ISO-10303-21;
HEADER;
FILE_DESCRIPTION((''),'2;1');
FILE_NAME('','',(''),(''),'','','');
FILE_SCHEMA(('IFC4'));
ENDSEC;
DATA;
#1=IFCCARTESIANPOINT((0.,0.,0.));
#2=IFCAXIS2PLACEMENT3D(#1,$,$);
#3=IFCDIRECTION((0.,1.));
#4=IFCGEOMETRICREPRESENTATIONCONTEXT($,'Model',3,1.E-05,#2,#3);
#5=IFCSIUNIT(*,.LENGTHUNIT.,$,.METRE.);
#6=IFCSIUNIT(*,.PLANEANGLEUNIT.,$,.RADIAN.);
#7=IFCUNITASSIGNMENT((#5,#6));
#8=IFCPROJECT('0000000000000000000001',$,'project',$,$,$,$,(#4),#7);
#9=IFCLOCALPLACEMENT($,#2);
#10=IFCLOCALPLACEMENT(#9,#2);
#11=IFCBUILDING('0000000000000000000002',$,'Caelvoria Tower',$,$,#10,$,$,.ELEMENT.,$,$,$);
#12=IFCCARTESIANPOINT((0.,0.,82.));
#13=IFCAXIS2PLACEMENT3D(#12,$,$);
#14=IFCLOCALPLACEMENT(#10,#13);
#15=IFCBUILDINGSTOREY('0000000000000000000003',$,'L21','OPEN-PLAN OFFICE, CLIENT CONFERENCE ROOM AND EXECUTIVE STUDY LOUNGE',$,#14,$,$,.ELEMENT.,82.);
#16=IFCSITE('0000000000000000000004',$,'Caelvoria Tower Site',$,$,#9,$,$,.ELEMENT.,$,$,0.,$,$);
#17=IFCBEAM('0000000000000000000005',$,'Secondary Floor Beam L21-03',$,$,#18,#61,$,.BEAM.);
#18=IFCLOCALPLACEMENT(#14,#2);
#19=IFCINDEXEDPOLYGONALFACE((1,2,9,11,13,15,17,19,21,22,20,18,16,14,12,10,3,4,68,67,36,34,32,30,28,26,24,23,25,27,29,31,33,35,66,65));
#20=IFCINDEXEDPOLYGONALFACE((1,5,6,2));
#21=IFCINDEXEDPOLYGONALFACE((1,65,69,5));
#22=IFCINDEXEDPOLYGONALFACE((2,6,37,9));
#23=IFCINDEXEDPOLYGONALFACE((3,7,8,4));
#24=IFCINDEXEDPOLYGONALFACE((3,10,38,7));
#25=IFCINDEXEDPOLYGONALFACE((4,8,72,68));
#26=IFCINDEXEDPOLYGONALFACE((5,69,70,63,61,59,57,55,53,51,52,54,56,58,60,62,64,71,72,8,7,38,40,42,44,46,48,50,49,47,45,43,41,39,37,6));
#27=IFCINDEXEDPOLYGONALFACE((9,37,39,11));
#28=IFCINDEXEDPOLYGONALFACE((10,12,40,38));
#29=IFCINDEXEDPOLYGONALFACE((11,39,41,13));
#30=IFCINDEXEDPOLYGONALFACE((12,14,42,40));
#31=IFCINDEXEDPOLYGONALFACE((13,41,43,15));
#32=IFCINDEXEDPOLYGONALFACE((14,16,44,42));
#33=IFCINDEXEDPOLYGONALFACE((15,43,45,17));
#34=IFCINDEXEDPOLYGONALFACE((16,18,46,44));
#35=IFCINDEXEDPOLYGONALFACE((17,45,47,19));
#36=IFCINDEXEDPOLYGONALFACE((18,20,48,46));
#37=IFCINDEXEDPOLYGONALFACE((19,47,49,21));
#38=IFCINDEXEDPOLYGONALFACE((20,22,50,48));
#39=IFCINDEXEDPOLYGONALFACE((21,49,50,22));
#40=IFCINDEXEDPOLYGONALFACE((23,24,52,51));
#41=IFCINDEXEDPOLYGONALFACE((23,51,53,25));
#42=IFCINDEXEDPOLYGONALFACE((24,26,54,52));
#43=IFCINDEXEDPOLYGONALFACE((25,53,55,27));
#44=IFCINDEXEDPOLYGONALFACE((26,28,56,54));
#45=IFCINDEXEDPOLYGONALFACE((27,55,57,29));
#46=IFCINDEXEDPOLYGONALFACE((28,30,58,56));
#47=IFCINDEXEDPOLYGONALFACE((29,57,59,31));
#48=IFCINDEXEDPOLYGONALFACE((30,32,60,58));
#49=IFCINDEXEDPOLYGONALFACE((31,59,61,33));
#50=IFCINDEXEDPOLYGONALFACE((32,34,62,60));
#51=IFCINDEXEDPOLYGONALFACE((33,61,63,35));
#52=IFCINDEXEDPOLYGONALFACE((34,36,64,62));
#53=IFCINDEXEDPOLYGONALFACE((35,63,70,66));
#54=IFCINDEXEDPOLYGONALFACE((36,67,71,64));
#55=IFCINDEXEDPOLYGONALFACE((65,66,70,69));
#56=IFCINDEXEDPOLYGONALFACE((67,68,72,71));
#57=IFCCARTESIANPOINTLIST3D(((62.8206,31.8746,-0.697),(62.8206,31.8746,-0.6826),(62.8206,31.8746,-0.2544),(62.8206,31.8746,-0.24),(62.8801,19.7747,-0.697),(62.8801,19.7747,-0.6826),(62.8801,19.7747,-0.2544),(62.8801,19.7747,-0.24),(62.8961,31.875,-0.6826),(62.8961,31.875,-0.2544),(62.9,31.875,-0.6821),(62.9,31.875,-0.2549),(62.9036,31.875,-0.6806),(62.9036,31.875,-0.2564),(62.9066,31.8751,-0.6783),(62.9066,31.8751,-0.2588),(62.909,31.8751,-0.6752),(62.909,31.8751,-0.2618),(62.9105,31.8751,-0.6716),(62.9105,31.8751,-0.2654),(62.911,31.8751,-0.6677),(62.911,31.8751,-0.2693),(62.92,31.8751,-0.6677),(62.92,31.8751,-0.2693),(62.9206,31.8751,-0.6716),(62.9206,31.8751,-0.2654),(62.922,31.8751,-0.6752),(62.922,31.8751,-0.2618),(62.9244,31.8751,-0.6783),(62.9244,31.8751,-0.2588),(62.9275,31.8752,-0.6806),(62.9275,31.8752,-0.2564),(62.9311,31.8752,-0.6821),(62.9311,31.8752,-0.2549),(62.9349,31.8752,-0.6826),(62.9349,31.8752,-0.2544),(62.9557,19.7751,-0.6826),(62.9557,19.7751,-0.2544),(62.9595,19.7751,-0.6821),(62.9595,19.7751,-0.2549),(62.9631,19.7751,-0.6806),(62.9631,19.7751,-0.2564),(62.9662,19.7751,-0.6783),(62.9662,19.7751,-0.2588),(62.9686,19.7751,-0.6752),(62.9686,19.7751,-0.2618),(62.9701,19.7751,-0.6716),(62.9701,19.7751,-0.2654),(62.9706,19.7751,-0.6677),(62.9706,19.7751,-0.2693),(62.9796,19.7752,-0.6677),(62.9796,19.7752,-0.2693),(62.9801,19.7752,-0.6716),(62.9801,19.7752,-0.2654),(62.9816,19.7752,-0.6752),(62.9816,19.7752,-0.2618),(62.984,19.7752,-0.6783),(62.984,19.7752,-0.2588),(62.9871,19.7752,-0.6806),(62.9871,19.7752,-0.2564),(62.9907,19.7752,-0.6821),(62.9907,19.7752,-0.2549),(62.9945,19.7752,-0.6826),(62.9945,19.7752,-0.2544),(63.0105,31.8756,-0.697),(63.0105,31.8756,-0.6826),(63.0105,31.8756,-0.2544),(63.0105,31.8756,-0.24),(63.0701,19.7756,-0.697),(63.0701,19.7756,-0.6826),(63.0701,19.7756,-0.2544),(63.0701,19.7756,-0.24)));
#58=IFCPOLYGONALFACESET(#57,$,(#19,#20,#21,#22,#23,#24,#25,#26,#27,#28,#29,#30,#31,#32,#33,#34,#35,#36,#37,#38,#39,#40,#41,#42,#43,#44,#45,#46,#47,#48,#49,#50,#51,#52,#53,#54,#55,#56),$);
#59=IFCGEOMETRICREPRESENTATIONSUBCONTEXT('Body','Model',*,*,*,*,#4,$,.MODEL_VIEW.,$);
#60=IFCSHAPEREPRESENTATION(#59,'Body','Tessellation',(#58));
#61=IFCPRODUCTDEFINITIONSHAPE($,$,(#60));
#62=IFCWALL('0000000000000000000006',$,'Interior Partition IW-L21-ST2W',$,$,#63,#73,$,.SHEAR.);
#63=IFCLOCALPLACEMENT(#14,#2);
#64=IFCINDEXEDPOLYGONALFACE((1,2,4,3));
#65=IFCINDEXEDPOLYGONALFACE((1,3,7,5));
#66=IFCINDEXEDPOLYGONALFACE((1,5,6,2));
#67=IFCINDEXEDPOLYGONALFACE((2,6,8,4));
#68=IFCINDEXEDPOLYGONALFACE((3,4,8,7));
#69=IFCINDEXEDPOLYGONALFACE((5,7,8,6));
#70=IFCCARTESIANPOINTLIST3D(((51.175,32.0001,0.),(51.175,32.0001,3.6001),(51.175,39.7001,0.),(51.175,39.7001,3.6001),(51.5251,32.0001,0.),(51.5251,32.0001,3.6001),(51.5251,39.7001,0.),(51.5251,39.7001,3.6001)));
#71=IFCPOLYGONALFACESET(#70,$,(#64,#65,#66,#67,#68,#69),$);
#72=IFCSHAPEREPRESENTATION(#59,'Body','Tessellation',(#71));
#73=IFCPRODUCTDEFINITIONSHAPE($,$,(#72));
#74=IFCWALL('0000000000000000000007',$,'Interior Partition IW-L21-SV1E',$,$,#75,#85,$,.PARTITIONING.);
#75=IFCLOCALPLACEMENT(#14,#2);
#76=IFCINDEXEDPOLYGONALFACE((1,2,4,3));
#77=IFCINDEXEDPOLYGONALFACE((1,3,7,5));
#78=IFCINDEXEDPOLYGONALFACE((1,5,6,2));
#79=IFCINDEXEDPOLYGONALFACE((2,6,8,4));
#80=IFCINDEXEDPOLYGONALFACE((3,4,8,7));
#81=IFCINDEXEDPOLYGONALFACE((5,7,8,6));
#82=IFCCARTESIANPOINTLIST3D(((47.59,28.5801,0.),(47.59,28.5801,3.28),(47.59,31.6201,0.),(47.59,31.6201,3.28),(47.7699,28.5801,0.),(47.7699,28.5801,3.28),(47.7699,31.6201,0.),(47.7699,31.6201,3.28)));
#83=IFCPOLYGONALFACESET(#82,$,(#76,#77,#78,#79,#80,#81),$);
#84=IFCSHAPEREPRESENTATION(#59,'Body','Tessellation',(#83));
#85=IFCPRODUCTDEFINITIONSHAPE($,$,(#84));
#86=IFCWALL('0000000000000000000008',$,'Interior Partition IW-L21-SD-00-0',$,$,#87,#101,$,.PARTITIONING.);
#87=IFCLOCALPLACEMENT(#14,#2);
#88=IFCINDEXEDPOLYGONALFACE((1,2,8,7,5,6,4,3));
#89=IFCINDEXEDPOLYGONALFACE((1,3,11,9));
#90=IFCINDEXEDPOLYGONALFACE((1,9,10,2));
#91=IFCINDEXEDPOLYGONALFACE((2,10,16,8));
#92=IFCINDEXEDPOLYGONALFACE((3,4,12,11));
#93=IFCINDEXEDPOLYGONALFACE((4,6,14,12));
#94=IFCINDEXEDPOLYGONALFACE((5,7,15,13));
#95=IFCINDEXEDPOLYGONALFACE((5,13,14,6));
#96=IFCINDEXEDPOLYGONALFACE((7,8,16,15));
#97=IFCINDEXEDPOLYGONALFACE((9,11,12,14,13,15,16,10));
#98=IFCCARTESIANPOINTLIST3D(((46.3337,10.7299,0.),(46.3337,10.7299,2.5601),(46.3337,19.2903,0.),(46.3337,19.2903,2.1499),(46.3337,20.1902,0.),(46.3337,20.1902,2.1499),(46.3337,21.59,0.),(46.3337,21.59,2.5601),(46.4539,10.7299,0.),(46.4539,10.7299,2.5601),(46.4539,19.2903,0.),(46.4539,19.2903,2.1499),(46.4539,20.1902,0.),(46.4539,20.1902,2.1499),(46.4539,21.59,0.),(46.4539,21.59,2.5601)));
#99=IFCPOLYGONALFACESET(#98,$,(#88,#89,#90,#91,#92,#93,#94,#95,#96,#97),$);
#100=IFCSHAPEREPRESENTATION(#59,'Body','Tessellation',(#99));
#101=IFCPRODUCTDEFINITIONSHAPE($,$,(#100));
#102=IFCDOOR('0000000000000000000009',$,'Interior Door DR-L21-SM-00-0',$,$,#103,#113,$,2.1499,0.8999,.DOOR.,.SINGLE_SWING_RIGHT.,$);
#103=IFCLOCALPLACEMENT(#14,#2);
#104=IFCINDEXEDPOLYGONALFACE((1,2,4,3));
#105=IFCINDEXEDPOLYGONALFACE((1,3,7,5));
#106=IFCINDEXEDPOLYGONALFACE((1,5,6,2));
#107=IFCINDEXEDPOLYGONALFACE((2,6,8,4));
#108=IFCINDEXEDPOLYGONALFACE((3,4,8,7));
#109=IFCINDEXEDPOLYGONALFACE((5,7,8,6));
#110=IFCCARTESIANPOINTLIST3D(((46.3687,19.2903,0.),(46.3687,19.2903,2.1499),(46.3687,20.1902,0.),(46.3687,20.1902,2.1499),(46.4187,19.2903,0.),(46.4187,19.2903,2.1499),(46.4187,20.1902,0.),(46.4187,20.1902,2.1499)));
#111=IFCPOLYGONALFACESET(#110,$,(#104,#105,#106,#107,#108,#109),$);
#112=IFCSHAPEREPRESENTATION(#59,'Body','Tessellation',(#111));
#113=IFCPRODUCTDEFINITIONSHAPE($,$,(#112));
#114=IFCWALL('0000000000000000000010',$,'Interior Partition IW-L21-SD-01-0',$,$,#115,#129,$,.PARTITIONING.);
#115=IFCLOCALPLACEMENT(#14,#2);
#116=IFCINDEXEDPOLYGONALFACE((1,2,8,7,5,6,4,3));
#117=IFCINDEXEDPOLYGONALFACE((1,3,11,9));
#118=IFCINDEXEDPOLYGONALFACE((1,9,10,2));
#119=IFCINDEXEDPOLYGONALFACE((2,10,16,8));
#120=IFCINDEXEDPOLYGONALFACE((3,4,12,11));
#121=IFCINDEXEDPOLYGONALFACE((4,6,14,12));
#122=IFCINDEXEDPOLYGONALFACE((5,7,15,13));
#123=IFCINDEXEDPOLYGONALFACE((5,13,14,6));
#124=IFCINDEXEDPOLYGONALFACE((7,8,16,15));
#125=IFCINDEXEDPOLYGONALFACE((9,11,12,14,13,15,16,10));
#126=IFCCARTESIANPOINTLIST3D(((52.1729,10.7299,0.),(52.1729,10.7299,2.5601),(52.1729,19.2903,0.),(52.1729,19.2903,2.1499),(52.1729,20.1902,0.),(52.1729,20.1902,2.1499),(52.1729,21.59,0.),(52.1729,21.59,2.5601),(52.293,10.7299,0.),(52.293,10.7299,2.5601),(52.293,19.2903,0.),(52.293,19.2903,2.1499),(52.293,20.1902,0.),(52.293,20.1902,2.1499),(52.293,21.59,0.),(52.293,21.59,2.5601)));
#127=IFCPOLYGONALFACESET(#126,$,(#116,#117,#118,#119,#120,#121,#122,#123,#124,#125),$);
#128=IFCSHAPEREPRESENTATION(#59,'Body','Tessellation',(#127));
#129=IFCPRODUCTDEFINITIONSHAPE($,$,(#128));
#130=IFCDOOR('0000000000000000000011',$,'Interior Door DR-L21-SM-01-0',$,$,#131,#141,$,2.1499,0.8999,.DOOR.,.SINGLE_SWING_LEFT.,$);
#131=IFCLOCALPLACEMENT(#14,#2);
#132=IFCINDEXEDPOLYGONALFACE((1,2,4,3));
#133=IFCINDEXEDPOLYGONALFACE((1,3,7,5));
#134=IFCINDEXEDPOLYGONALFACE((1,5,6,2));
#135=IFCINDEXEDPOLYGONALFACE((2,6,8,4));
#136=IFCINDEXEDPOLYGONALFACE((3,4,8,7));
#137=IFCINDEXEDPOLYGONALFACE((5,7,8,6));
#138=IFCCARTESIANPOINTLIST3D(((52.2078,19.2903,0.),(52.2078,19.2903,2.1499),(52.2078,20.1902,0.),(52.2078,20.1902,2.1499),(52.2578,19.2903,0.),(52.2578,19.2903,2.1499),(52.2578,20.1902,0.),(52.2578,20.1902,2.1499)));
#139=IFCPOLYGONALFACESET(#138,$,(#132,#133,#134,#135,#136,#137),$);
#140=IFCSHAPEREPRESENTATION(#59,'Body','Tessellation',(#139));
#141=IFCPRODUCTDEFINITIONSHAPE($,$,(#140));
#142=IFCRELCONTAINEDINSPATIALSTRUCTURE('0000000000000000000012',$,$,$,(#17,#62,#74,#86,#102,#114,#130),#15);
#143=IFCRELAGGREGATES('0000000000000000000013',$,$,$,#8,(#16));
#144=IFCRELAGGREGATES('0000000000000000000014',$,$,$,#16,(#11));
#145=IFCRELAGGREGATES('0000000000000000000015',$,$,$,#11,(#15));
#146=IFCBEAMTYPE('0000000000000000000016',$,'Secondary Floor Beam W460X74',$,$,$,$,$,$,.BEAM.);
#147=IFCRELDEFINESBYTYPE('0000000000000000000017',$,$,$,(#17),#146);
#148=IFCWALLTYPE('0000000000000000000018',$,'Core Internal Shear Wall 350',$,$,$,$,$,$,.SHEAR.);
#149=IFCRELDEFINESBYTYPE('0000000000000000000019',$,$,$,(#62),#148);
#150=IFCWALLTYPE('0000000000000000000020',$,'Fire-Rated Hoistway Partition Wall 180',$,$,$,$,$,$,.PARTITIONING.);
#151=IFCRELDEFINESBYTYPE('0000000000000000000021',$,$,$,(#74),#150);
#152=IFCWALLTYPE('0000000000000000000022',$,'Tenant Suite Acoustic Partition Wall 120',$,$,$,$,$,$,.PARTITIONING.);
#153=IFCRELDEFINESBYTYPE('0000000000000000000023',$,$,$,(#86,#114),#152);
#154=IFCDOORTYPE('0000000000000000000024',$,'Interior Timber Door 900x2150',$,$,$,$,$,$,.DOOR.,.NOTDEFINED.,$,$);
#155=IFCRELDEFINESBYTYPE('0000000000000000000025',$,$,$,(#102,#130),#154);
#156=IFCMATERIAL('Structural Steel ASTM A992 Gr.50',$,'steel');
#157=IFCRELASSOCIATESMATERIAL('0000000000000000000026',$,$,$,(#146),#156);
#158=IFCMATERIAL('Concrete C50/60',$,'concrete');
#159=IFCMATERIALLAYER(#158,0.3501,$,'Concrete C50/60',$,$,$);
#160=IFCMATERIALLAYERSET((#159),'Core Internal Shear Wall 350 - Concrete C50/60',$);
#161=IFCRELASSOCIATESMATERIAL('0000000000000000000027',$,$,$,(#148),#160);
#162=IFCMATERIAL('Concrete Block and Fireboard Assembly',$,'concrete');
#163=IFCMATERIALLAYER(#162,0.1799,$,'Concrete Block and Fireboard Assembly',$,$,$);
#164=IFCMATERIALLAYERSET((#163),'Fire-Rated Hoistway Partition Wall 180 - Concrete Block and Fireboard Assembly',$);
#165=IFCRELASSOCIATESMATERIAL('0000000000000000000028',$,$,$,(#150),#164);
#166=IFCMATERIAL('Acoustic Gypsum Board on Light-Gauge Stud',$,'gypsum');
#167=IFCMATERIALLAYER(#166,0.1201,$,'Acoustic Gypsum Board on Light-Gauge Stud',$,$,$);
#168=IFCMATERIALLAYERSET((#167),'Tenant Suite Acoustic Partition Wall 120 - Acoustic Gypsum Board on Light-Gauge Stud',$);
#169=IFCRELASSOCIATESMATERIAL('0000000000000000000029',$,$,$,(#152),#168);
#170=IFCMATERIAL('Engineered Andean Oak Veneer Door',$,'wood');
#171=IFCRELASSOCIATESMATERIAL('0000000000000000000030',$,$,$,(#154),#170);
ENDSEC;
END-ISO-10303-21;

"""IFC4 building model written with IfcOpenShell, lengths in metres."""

from ifc_helpers import new_model, si_unit, direction, frame, frame_2d, origin, origin_2d, place, context, subcontext, project, spatial, rectangle, i_section, extrude, material, layer, layer_set, material_profile, profile_set, type_object, element, fill, save


model = new_model("IFC4")

# Units and contexts
model_context = context("Model", 3, precision=1e-05, world=origin(), true_north=direction((0.0, 1.0)))
body_context = subcontext(model_context, "Body", "Model", "MODEL_VIEW")
ifc_project = project(units=[si_unit("LENGTHUNIT", "METRE"), si_unit("PLANEANGLEUNIT", "RADIAN")], contexts=[model_context])

# Site, building, storey
site_placement = place(None, origin())
site = spatial("IfcSite", under=ifc_project, at=site_placement, Name="Caelvoria Tower Site", CompositionType="ELEMENT", RefElevation=0.0)
building_placement = place(site_placement, origin())
building = spatial("IfcBuilding", under=site, at=building_placement, Name="Caelvoria Tower", CompositionType="ELEMENT")
storey_placement = place(building_placement, frame((0.0, 0.0, 82.0)))
storey = spatial("IfcBuildingStorey", under=building, at=storey_placement, Name="L21", Description="OPEN-PLAN OFFICE, CLIENT CONFERENCE ROOM AND EXECUTIVE STUDY LOUNGE", CompositionType="ELEMENT", Elevation=82.0)

# Beam
ifc_material_1 = material(Name="Structural Steel ASTM A992 Gr.50", Category="steel")
ifc_material_profile_1 = material_profile(ifc_material_1, i_section(OverallWidth=0.1899, OverallDepth=0.457, WebThickness=0.009, FlangeThickness=0.0144, FilletRadius=0.0149, at=origin_2d()), Name="Structural Steel ASTM A992 Gr.50")
ifc_profile_set_1 = profile_set([ifc_material_profile_1], Name="W460X74 - Structural Steel ASTM A992 Gr.50")
beam_type_1 = type_object("IfcBeamType", Name="Secondary Floor Beam W460X74", PredefinedType="BEAM", material=ifc_profile_set_1)
beam_1_placement = place(storey_placement, frame((62.9751, 19.7751, -0.4685), z_axis=(-0.004923, 0.999988, 0.0), x_axis=(-0.999988, -0.004923, 0.0)))
element("IfcBeam", 1, at=beam_1_placement, inside=storey, type_object=beam_type_1, Name="Secondary Floor Beam L21-03", PredefinedType="BEAM", context=body_context, shape_type="SweptSolid", body=[
    extrude(i_section(OverallWidth=0.1899, OverallDepth=0.457, WebThickness=0.009, FlangeThickness=0.0144, FilletRadius=0.0149, at=origin_2d()), origin(), (0.0, 0.0, 1.0), 12.1001),
])

# Walls
ifc_material_2 = material(Name="Concrete C50/60", Category="concrete")
ifc_layer_1 = layer(ifc_material_2, 0.3501, Name="Concrete C50/60")
ifc_layer_set_1 = layer_set([ifc_layer_1], Name="Core Internal Shear Wall 350 - Concrete C50/60")
wall_type_1 = type_object("IfcWallType", Name="Core Internal Shear Wall 350", PredefinedType="SHEAR", material=ifc_layer_set_1)
wall_1_placement = place(storey_placement, frame((51.3501, 32.0, 0.0), z_axis=(0.0, 0.0, 1.0), x_axis=(0.0, 1.0, 0.0)))
element("IfcWall", 2, at=wall_1_placement, inside=storey, type_object=wall_type_1, Name="Interior Partition IW-L21-ST2W", PredefinedType="SHEAR", context=body_context, shape_type="SweptSolid", body=[
    extrude(rectangle(XDim=7.7, YDim=0.3501, at=frame_2d((3.8501, 0.0))), origin(), (0.0, 0.0, 1.0), 3.6001),
])
ifc_material_3 = material(Name="Concrete Block and Fireboard Assembly", Category="concrete")
ifc_layer_2 = layer(ifc_material_3, 0.1799, Name="Concrete Block and Fireboard Assembly")
ifc_layer_set_2 = layer_set([ifc_layer_2], Name="Fire-Rated Hoistway Partition Wall 180 - Concrete Block and Fireboard Assembly")
wall_type_2 = type_object("IfcWallType", Name="Fire-Rated Hoistway Partition Wall 180", PredefinedType="PARTITIONING", material=ifc_layer_set_2)
wall_2_placement = place(storey_placement, frame((47.6799, 28.5801, 0.0), z_axis=(0.0, 0.0, 1.0), x_axis=(0.0, 1.0, 0.0)))
element("IfcWall", 3, at=wall_2_placement, inside=storey, type_object=wall_type_2, Name="Interior Partition IW-L21-SV1E", PredefinedType="PARTITIONING", context=body_context, shape_type="SweptSolid", body=[
    extrude(rectangle(XDim=3.04, YDim=0.1799, at=frame_2d((1.52, 0.0))), origin(), (0.0, 0.0, 1.0), 3.28),
])

# Walls, openings, doors
ifc_material_4 = material(Name="Acoustic Gypsum Board on Light-Gauge Stud", Category="gypsum")
ifc_layer_3 = layer(ifc_material_4, 0.1201, Name="Acoustic Gypsum Board on Light-Gauge Stud")
ifc_layer_set_3 = layer_set([ifc_layer_3], Name="Tenant Suite Acoustic Partition Wall 120 - Acoustic Gypsum Board on Light-Gauge Stud")
wall_type_3 = type_object("IfcWallType", Name="Tenant Suite Acoustic Partition Wall 120", PredefinedType="PARTITIONING", material=ifc_layer_set_3)
wall_3_placement = place(storey_placement, frame((46.3938, 21.5901, 0.0), z_axis=(0.0, 0.0, 1.0), x_axis=(0.0, -1.0, 0.0)))
wall_3 = element("IfcWall", 4, at=wall_3_placement, inside=storey, type_object=wall_type_3, Name="Interior Partition IW-L21-SD-00-0", PredefinedType="PARTITIONING", context=body_context, shape_type="SweptSolid", body=[
    extrude(rectangle(XDim=10.8601, YDim=0.1201, at=frame_2d((5.4302, 0.0))), origin(), (0.0, 0.0, 1.0), 2.5601),
])
opening_1_placement = place(wall_3_placement, frame((1.3999, 0.0, 0.0)))
opening_1 = element("IfcOpeningElement", 5, at=opening_1_placement, cuts=wall_3, PredefinedType="OPENING", context=body_context, shape_type="SweptSolid", body=[
    extrude(rectangle(XDim=0.8999, YDim=2.1499, at=frame_2d((0.45, 1.075))), frame((0.0, 0.0701, 0.0), z_axis=(0.0, -1.0, 0.0), x_axis=(1.0, 0.0, 0.0)), (0.0, 0.0, 1.0), 0.1401),
])
ifc_material_5 = material(Name="Engineered Andean Oak Veneer Door", Category="wood")
door_type_1 = type_object("IfcDoorType", Name="Interior Timber Door 900x2150", OperationType="NOTDEFINED", PredefinedType="DOOR", material=ifc_material_5)
door_1_placement = place(opening_1_placement, origin())
door_1 = element("IfcDoor", 6, at=door_1_placement, inside=storey, type_object=door_type_1, Name="Interior Door DR-L21-SM-00-0", OperationType="SINGLE_SWING_RIGHT", OverallHeight=2.1499, OverallWidth=0.8999, PredefinedType="DOOR", context=body_context, shape_type="SweptSolid", body=[
    extrude(rectangle(XDim=0.8999, YDim=2.1499, at=frame_2d((0.45, 1.075))), frame((0.0, 0.0249, 0.0), z_axis=(0.0, -1.0, 0.0), x_axis=(1.0, 0.0, 0.0)), (0.0, 0.0, 1.0), 0.05),
])
fill(opening_1, door_1)
wall_4_placement = place(storey_placement, frame((52.2329, 21.5901, 0.0), z_axis=(0.0, 0.0, 1.0), x_axis=(0.0, -1.0, 0.0)))
wall_4 = element("IfcWall", 7, at=wall_4_placement, inside=storey, type_object=wall_type_3, Name="Interior Partition IW-L21-SD-01-0", PredefinedType="PARTITIONING", context=body_context, shape_type="SweptSolid", body=[
    extrude(rectangle(XDim=10.8601, YDim=0.1201, at=frame_2d((5.4302, 0.0))), origin(), (0.0, 0.0, 1.0), 2.5601),
])
opening_2_placement = place(wall_4_placement, frame((1.3999, 0.0, 0.0)))
opening_2 = element("IfcOpeningElement", 8, at=opening_2_placement, cuts=wall_4, PredefinedType="OPENING", context=body_context, shape_type="SweptSolid", body=[
    extrude(rectangle(XDim=0.8999, YDim=2.1499, at=frame_2d((0.45, 1.075))), frame((0.0, 0.0701, 0.0), z_axis=(0.0, -1.0, 0.0), x_axis=(1.0, 0.0, 0.0)), (0.0, 0.0, 1.0), 0.1401),
])
door_2_placement = place(opening_2_placement, origin())
door_2 = element("IfcDoor", 9, at=door_2_placement, inside=storey, type_object=door_type_1, Name="Interior Door DR-L21-SM-01-0", OperationType="SINGLE_SWING_LEFT", OverallHeight=2.1499, OverallWidth=0.8999, PredefinedType="DOOR", context=body_context, shape_type="SweptSolid", body=[
    extrude(rectangle(XDim=0.8999, YDim=2.1499, at=frame_2d((0.45, 1.075))), frame((0.0, 0.0249, 0.0), z_axis=(0.0, -1.0, 0.0), x_axis=(1.0, 0.0, 0.0)), (0.0, 0.0, 1.0), 0.05),
])
fill(opening_2, door_2)

save(model, "model.ifc")
